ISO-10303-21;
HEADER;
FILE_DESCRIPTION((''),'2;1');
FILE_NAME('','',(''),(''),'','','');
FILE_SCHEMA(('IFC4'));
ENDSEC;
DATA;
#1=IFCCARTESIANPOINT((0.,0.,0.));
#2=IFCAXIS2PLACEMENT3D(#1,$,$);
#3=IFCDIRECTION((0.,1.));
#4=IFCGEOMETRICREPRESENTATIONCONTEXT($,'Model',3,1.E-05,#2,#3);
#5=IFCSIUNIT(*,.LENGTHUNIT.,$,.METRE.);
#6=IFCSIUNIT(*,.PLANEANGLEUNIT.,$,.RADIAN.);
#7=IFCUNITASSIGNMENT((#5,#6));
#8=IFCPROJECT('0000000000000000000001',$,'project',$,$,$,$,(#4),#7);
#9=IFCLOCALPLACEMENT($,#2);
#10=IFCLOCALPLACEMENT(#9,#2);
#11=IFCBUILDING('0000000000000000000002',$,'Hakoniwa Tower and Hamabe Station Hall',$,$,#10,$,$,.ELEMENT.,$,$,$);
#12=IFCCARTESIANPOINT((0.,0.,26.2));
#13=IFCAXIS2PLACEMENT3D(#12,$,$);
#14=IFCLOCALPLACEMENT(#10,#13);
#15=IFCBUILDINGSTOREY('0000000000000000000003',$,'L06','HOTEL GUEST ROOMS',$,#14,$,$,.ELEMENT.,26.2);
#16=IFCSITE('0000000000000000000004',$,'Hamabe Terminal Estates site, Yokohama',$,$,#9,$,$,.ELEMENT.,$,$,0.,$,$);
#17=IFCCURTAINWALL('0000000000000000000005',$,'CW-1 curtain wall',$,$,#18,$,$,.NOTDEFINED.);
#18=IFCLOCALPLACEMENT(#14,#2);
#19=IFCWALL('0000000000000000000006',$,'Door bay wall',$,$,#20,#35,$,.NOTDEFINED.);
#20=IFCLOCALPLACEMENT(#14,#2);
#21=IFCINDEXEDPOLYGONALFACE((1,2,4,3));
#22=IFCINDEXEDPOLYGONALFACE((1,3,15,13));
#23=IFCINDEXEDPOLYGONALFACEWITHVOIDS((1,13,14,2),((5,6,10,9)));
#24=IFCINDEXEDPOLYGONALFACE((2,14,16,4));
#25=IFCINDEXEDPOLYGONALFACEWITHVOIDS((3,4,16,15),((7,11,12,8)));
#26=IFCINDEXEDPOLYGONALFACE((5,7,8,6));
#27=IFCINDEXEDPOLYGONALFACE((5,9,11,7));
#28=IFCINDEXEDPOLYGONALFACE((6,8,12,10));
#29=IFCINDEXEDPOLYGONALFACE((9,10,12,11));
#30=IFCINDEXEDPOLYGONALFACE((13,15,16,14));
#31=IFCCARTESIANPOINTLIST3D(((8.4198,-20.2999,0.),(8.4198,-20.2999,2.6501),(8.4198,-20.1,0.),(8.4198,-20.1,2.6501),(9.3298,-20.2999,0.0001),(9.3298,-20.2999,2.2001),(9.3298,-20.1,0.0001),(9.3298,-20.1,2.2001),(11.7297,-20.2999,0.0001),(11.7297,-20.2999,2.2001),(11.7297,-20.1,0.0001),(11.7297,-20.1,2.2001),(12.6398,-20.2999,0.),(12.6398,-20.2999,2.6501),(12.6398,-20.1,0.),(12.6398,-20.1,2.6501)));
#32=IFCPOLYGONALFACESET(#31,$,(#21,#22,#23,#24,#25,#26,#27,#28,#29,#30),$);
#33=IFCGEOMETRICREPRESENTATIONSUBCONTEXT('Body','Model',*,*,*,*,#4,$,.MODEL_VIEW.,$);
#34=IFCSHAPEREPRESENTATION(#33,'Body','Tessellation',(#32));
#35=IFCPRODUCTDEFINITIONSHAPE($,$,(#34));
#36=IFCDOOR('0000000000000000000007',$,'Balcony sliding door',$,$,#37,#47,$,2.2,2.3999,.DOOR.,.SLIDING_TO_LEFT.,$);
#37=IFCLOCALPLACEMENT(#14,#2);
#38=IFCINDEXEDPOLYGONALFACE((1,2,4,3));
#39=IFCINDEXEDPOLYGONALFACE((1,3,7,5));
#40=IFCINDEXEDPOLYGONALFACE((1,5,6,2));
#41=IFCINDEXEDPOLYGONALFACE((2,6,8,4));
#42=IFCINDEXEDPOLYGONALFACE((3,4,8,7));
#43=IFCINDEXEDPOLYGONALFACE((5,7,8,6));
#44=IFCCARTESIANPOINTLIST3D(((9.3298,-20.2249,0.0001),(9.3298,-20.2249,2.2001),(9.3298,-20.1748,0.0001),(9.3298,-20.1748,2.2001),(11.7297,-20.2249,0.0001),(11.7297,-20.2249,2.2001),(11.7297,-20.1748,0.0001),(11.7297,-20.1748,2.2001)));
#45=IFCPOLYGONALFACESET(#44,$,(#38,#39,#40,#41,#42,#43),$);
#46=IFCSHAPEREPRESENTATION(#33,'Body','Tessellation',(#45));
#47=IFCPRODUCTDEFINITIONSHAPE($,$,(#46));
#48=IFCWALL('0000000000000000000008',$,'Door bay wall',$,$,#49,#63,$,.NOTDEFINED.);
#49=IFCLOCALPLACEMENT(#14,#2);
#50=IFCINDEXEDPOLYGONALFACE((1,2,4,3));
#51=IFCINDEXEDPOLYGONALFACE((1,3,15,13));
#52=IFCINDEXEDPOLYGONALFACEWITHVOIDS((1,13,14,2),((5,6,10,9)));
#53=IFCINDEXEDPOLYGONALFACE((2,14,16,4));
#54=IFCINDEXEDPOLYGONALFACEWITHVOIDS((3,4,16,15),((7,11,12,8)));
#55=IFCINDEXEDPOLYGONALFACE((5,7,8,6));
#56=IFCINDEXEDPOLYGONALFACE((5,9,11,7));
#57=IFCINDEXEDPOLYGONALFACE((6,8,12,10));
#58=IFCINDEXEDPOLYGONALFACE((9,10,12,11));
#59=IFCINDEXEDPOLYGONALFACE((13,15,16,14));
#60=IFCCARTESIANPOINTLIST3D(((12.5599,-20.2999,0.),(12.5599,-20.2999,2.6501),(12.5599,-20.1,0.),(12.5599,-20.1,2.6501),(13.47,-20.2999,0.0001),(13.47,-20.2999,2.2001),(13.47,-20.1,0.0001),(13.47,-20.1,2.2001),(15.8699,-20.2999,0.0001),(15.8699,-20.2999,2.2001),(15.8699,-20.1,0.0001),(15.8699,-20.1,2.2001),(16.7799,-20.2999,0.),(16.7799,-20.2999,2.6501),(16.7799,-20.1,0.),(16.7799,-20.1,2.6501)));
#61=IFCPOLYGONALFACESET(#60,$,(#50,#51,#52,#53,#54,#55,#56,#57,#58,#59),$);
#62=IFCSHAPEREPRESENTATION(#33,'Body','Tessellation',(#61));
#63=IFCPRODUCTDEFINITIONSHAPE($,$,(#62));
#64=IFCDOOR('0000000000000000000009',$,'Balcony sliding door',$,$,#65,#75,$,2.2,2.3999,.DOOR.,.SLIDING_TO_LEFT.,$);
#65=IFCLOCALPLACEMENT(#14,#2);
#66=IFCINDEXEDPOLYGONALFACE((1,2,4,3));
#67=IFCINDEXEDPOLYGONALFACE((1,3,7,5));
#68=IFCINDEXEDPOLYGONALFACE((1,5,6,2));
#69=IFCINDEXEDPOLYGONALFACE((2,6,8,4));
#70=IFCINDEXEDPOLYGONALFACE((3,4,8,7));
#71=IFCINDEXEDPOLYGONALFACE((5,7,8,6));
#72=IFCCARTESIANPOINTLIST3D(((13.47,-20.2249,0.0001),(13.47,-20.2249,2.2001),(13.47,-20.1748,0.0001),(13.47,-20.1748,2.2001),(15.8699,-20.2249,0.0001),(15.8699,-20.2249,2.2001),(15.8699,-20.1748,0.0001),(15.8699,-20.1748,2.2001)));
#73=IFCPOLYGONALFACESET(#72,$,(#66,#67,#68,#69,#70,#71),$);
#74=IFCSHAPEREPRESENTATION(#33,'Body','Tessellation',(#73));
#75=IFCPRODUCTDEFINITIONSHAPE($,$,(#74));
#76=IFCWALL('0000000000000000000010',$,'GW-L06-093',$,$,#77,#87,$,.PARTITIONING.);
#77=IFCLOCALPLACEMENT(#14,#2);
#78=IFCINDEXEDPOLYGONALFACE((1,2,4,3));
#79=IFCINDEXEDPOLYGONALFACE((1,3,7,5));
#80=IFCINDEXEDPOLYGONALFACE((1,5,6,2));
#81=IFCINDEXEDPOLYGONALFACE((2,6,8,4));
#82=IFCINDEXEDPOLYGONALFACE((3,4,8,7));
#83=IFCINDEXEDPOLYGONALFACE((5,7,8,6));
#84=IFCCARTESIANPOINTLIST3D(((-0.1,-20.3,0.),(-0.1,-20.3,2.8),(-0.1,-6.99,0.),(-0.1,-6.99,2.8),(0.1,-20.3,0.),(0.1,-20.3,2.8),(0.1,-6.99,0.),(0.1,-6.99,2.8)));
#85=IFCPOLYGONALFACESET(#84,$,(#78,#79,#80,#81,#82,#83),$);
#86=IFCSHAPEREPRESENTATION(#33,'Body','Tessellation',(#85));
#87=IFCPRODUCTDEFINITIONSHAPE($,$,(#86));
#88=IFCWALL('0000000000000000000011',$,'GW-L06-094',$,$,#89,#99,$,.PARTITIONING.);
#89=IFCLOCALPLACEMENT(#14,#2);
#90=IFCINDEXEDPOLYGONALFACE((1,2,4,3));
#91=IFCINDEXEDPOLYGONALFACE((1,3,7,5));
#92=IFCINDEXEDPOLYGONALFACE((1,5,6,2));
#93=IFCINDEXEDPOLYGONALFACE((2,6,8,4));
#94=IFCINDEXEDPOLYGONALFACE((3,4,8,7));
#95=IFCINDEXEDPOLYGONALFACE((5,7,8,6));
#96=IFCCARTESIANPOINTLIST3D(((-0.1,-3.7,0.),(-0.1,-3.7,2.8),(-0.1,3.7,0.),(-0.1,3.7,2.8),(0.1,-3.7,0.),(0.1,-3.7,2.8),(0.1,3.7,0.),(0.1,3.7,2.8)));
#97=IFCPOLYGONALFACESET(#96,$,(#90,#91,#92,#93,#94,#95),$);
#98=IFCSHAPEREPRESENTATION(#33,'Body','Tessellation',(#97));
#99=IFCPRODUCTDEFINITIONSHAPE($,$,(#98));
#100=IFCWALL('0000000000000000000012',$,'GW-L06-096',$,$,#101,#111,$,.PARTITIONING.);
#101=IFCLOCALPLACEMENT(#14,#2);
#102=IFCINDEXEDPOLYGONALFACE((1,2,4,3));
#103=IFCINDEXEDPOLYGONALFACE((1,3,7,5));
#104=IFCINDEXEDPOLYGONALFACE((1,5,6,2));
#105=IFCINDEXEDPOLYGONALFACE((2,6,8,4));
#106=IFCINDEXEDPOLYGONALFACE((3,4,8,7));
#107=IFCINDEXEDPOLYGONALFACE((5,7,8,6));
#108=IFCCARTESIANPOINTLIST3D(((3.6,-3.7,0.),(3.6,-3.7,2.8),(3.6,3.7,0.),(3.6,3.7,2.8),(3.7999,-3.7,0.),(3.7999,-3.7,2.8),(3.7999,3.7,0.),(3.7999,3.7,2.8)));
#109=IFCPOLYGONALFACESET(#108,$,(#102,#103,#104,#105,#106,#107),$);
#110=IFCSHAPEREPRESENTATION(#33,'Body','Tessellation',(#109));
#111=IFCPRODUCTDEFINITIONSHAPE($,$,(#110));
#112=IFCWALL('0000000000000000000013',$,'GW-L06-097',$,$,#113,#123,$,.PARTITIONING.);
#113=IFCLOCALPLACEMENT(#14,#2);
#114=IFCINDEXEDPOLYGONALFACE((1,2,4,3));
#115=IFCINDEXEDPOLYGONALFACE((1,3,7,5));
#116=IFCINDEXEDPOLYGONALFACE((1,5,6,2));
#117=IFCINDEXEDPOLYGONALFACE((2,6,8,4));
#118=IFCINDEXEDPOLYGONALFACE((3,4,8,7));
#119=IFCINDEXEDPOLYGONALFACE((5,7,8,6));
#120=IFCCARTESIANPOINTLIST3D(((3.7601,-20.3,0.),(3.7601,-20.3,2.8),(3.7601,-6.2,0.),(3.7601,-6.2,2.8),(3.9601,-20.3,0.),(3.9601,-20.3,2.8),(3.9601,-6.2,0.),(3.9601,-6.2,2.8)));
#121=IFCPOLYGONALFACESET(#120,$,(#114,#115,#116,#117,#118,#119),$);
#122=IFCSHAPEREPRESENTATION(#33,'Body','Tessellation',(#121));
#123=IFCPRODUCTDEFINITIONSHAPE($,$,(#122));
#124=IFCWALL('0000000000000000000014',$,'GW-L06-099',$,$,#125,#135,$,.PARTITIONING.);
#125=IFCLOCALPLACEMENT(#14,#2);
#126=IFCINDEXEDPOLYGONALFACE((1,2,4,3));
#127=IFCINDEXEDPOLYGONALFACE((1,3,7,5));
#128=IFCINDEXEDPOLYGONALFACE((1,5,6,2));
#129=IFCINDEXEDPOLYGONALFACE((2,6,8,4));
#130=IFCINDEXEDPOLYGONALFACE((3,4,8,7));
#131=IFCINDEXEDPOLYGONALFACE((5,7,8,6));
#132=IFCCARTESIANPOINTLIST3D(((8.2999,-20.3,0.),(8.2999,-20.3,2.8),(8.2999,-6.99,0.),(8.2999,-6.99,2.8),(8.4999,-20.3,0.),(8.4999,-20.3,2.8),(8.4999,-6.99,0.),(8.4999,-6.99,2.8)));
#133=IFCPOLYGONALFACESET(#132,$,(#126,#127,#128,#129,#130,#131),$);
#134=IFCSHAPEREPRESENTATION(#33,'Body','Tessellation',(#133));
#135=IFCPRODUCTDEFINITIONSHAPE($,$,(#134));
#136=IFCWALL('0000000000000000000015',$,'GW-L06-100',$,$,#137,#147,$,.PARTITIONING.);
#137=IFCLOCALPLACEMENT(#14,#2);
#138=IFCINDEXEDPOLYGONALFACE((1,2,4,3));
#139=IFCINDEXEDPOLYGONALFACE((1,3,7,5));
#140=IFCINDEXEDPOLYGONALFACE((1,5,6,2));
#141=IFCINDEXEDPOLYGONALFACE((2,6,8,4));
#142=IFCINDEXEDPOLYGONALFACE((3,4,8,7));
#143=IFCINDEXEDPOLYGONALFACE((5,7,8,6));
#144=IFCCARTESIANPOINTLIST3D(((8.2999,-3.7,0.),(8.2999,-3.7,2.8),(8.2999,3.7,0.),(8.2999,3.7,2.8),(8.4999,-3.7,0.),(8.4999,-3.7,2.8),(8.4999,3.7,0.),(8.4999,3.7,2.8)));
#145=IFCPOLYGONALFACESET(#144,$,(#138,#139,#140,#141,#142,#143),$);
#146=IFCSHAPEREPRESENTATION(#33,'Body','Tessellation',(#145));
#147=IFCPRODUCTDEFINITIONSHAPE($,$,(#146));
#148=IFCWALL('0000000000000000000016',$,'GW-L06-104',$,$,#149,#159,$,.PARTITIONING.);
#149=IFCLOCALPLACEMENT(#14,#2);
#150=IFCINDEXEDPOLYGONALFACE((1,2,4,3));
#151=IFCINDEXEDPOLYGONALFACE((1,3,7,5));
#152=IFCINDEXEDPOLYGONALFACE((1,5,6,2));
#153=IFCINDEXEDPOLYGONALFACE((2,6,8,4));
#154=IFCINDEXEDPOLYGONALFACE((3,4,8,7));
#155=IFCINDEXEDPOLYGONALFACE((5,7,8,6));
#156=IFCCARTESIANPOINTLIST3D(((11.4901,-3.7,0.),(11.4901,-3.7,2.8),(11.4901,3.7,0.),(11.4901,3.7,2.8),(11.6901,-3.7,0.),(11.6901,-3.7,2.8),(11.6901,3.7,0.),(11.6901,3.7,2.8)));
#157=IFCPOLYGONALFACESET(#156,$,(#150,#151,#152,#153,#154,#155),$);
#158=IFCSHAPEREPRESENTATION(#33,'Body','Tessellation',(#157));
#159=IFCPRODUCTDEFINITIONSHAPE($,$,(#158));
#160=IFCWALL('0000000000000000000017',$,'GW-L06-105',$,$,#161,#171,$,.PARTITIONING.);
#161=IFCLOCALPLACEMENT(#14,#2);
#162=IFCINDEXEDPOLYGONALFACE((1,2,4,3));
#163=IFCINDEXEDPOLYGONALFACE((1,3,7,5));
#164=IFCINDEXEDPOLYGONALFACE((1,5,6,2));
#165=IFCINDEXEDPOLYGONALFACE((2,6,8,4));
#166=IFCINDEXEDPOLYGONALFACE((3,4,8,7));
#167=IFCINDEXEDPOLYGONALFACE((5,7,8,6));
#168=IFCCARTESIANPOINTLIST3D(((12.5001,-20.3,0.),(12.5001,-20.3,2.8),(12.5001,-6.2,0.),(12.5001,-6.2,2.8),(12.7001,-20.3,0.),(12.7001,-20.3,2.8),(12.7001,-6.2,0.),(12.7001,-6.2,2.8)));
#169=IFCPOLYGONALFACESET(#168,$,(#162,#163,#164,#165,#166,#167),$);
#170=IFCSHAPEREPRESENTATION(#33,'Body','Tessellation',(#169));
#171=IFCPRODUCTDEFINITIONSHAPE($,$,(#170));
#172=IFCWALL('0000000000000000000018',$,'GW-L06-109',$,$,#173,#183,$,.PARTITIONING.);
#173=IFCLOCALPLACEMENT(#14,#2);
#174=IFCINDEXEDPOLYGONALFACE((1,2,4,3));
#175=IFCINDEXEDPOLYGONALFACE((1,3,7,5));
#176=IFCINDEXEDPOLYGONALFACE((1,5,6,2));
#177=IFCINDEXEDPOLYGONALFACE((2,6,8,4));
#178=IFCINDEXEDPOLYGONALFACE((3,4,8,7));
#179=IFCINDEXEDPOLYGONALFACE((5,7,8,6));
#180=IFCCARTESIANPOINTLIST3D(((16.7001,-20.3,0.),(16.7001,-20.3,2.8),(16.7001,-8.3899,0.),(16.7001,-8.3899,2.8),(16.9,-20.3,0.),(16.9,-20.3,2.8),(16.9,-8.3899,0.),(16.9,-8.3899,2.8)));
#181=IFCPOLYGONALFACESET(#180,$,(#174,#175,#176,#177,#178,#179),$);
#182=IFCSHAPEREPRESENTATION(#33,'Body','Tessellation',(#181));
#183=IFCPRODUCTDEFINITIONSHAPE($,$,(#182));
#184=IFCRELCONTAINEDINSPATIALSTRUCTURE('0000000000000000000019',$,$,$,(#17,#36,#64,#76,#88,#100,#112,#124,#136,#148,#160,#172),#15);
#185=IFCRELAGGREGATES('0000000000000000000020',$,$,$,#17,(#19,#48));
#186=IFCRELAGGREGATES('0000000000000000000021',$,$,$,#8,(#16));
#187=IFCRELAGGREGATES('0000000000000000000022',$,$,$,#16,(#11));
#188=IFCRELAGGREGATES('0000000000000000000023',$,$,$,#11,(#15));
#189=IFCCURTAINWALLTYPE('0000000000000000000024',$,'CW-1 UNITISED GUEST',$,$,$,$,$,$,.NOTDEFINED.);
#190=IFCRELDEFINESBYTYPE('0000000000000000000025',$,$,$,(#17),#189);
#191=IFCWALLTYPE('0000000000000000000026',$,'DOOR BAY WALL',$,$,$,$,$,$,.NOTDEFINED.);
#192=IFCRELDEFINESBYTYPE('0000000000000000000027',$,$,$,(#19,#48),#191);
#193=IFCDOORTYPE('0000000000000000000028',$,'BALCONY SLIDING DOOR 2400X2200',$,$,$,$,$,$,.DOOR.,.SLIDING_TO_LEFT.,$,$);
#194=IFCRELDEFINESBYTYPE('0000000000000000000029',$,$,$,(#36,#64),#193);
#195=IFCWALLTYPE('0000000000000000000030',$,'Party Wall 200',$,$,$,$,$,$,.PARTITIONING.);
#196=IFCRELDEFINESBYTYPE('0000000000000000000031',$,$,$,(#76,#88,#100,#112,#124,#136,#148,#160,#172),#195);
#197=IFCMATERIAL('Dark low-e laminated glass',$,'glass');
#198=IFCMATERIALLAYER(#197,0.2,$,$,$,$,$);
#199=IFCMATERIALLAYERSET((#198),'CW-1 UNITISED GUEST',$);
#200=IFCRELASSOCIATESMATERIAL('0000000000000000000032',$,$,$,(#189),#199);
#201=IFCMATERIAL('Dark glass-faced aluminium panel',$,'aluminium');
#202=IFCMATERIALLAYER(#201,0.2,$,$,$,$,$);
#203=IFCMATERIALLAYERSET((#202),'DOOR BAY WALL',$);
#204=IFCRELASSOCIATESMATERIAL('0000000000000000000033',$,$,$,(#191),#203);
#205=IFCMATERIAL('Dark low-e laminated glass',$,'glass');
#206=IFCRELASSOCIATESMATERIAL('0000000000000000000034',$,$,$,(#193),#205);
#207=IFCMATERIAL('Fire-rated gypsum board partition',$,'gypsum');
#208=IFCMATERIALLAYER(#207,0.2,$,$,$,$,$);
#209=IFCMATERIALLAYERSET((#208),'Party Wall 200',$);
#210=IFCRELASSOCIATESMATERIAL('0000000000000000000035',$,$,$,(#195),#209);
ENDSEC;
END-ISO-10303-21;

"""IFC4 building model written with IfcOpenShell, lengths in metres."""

from ifc_helpers import new_model, si_unit, direction, frame, frame_2d, origin, place, context, subcontext, project, spatial, rectangle, extrude, material, layer, layer_set, type_object, element, fill, aggregate, save


model = new_model("IFC4")

# Units and contexts
model_context = context("Model", 3, precision=1e-05, world=origin(), true_north=direction((0.0, 1.0)))
body_context = subcontext(model_context, "Body", "Model", "MODEL_VIEW")
ifc_project = project(units=[si_unit("LENGTHUNIT", "METRE"), si_unit("PLANEANGLEUNIT", "RADIAN")], contexts=[model_context])

# Site, building, storey
site_placement = place(None, origin())
site = spatial("IfcSite", under=ifc_project, at=site_placement, Name="Hamabe Terminal Estates site, Yokohama", CompositionType="ELEMENT", RefElevation=0.0)
building_placement = place(site_placement, origin())
building = spatial("IfcBuilding", under=site, at=building_placement, Name="Hakoniwa Tower and Hamabe Station Hall", CompositionType="ELEMENT")
storey_placement = place(building_placement, frame((0.0, 0.0, 26.2)))
storey = spatial("IfcBuildingStorey", under=building, at=storey_placement, Name="L06", Description="HOTEL GUEST ROOMS", CompositionType="ELEMENT", Elevation=26.2)

# Curtain wall
ifc_material_1 = material(Name="Dark low-e laminated glass", Category="glass")
ifc_layer_1 = layer(ifc_material_1, 0.2)
ifc_layer_set_1 = layer_set([ifc_layer_1], Name="CW-1 UNITISED GUEST")
curtain_wall_type = type_object("IfcCurtainWallType", Name="CW-1 UNITISED GUEST", PredefinedType="NOTDEFINED", material=ifc_layer_set_1)
curtain_wall_placement = place(storey_placement, origin())
curtain_wall = element("IfcCurtainWall", 1, at=curtain_wall_placement, inside=storey, type_object=curtain_wall_type, Name="CW-1 curtain wall", PredefinedType="NOTDEFINED")

# Walls, openings, doors
ifc_material_2 = material(Name="Dark glass-faced aluminium panel", Category="aluminium")
ifc_layer_2 = layer(ifc_material_2, 0.2)
ifc_layer_set_2 = layer_set([ifc_layer_2], Name="DOOR BAY WALL")
wall_type_1 = type_object("IfcWallType", Name="DOOR BAY WALL", PredefinedType="NOTDEFINED", material=ifc_layer_set_2)
wall_1_placement = place(storey_placement, frame((8.4199, -20.2, 0.0), z_axis=(0.0, 0.0, 1.0), x_axis=(1.0, 0.0, 0.0)))
wall_1 = element("IfcWall", 2, at=wall_1_placement, type_object=wall_type_1, Name="Door bay wall", PredefinedType="NOTDEFINED", context=body_context, shape_type="SweptSolid", body=[
    extrude(rectangle(XDim=4.22, YDim=0.2, at=frame_2d((2.1099, 0.0))), origin(), (0.0, 0.0, 1.0), 2.6501),
])
opening_1_placement = place(wall_1_placement, frame((0.9099, 0.0, 0.0)))
opening_1 = element("IfcOpeningElement", 3, at=opening_1_placement, cuts=wall_1, PredefinedType="OPENING", context=body_context, shape_type="SweptSolid", body=[
    extrude(rectangle(XDim=2.3999, YDim=2.2, at=frame_2d((1.2, 1.1001))), frame((0.0, 0.1099, 0.0), z_axis=(0.0, -1.0, 0.0), x_axis=(1.0, 0.0, 0.0)), (0.0, 0.0, 1.0), 0.22),
])
ifc_material_3 = material(Name="Dark low-e laminated glass", Category="glass")
door_type_1 = type_object("IfcDoorType", Name="BALCONY SLIDING DOOR 2400X2200", OperationType="SLIDING_TO_LEFT", PredefinedType="DOOR", material=ifc_material_3)
door_1_placement = place(opening_1_placement, frame((2.3999, 0.0, 0.0), z_axis=(0.0, 0.0, 1.0), x_axis=(-1.0, 0.0, 0.0)))
door_1 = element("IfcDoor", 4, at=door_1_placement, inside=storey, type_object=door_type_1, Name="Balcony sliding door", OperationType="SLIDING_TO_LEFT", OverallHeight=2.2, OverallWidth=2.3999, PredefinedType="DOOR", context=body_context, shape_type="SweptSolid", body=[
    extrude(rectangle(XDim=2.3999, YDim=2.2, at=frame_2d((1.2, 1.1001))), frame((0.0, 0.0249, 0.0), z_axis=(0.0, -1.0, 0.0), x_axis=(1.0, 0.0, 0.0)), (0.0, 0.0, 1.0), 0.05),
])
fill(opening_1, door_1)
wall_2_placement = place(storey_placement, frame((12.5601, -20.2, 0.0), z_axis=(0.0, 0.0, 1.0), x_axis=(1.0, 0.0, 0.0)))
wall_2 = element("IfcWall", 5, at=wall_2_placement, type_object=wall_type_1, Name="Door bay wall", PredefinedType="NOTDEFINED", context=body_context, shape_type="SweptSolid", body=[
    extrude(rectangle(XDim=4.22, YDim=0.2, at=frame_2d((2.1099, 0.0))), origin(), (0.0, 0.0, 1.0), 2.6501),
])
opening_2_placement = place(wall_2_placement, frame((0.9099, 0.0, 0.0)))
opening_2 = element("IfcOpeningElement", 6, at=opening_2_placement, cuts=wall_2, PredefinedType="OPENING", context=body_context, shape_type="SweptSolid", body=[
    extrude(rectangle(XDim=2.3999, YDim=2.2, at=frame_2d((1.2, 1.1001))), frame((0.0, 0.1099, 0.0), z_axis=(0.0, -1.0, 0.0), x_axis=(1.0, 0.0, 0.0)), (0.0, 0.0, 1.0), 0.22),
])
door_2_placement = place(opening_2_placement, frame((2.3999, 0.0, 0.0), z_axis=(0.0, 0.0, 1.0), x_axis=(-1.0, 0.0, 0.0)))
door_2 = element("IfcDoor", 7, at=door_2_placement, inside=storey, type_object=door_type_1, Name="Balcony sliding door", OperationType="SLIDING_TO_LEFT", OverallHeight=2.2, OverallWidth=2.3999, PredefinedType="DOOR", context=body_context, shape_type="SweptSolid", body=[
    extrude(rectangle(XDim=2.3999, YDim=2.2, at=frame_2d((1.2, 1.1001))), frame((0.0, 0.0249, 0.0), z_axis=(0.0, -1.0, 0.0), x_axis=(1.0, 0.0, 0.0)), (0.0, 0.0, 1.0), 0.05),
])
fill(opening_2, door_2)
aggregate(curtain_wall, [wall_1, wall_2])

# Walls
ifc_material_4 = material(Name="Fire-rated gypsum board partition", Category="gypsum")
ifc_layer_3 = layer(ifc_material_4, 0.2)
ifc_layer_set_3 = layer_set([ifc_layer_3], Name="Party Wall 200")
wall_type_2 = type_object("IfcWallType", Name="Party Wall 200", PredefinedType="PARTITIONING", material=ifc_layer_set_3)
wall_3_placement = place(storey_placement, frame((0.0, -20.3, 0.0), z_axis=(0.0, 0.0, 1.0), x_axis=(0.0, 1.0, 0.0)))
element("IfcWall", 8, at=wall_3_placement, inside=storey, type_object=wall_type_2, Name="GW-L06-093", PredefinedType="PARTITIONING", context=body_context, shape_type="SweptSolid", body=[
    extrude(rectangle(XDim=13.3101, YDim=0.2, at=frame_2d((6.655, 0.0))), origin(), (0.0, 0.0, 1.0), 2.8),
])
for number, where, z_axis, x_axis, name in (
    (9, (0.0, -3.7, 0.0), (0.0, 0.0, 1.0), (0.0, 1.0, 0.0), "GW-L06-094"),
    (10, (3.7, -3.7, 0.0), (0.0, 0.0, 1.0), (0.0, 1.0, 0.0), "GW-L06-096"),
):
    element("IfcWall", number, at=place(storey_placement, frame(where, z_axis=z_axis, x_axis=x_axis)), inside=storey, type_object=wall_type_2, Name=name, PredefinedType="PARTITIONING", context=body_context, shape_type="SweptSolid", body=[
        extrude(rectangle(XDim=7.3999, YDim=0.2, at=frame_2d((3.7, 0.0))), origin(), (0.0, 0.0, 1.0), 2.8),
    ])
wall_4_placement = place(storey_placement, frame((3.8601, -20.3, 0.0), z_axis=(0.0, 0.0, 1.0), x_axis=(0.0, 1.0, 0.0)))
element("IfcWall", 11, at=wall_4_placement, inside=storey, type_object=wall_type_2, Name="GW-L06-097", PredefinedType="PARTITIONING", context=body_context, shape_type="SweptSolid", body=[
    extrude(rectangle(XDim=14.1001, YDim=0.2, at=frame_2d((7.05, 0.0))), origin(), (0.0, 0.0, 1.0), 2.8),
])
wall_5_placement = place(storey_placement, frame((8.3999, -20.3, 0.0), z_axis=(0.0, 0.0, 1.0), x_axis=(0.0, 1.0, 0.0)))
element("IfcWall", 12, at=wall_5_placement, inside=storey, type_object=wall_type_2, Name="GW-L06-099", PredefinedType="PARTITIONING", context=body_context, shape_type="SweptSolid", body=[
    extrude(rectangle(XDim=13.3101, YDim=0.2, at=frame_2d((6.655, 0.0))), origin(), (0.0, 0.0, 1.0), 2.8),
])
for number, where, z_axis, x_axis, name in (
    (13, (8.3999, -3.7, 0.0), (0.0, 0.0, 1.0), (0.0, 1.0, 0.0), "GW-L06-100"),
    (14, (11.5901, -3.7, 0.0), (0.0, 0.0, 1.0), (0.0, 1.0, 0.0), "GW-L06-104"),
):
    element("IfcWall", number, at=place(storey_placement, frame(where, z_axis=z_axis, x_axis=x_axis)), inside=storey, type_object=wall_type_2, Name=name, PredefinedType="PARTITIONING", context=body_context, shape_type="SweptSolid", body=[
        extrude(rectangle(XDim=7.3999, YDim=0.2, at=frame_2d((3.7, 0.0))), origin(), (0.0, 0.0, 1.0), 2.8),
    ])
wall_6_placement = place(storey_placement, frame((12.6001, -20.3, 0.0), z_axis=(0.0, 0.0, 1.0), x_axis=(0.0, 1.0, 0.0)))
element("IfcWall", 15, at=wall_6_placement, inside=storey, type_object=wall_type_2, Name="GW-L06-105", PredefinedType="PARTITIONING", context=body_context, shape_type="SweptSolid", body=[
    extrude(rectangle(XDim=14.1001, YDim=0.2, at=frame_2d((7.05, 0.0))), origin(), (0.0, 0.0, 1.0), 2.8),
])
wall_7_placement = place(storey_placement, frame((16.8, -20.3, 0.0), z_axis=(0.0, 0.0, 1.0), x_axis=(0.0, 1.0, 0.0)))
element("IfcWall", 16, at=wall_7_placement, inside=storey, type_object=wall_type_2, Name="GW-L06-109", PredefinedType="PARTITIONING", context=body_context, shape_type="SweptSolid", body=[
    extrude(rectangle(XDim=11.9102, YDim=0.2, at=frame_2d((5.9551, 0.0))), origin(), (0.0, 0.0, 1.0), 2.8),
])

save(model, "model.ifc")
